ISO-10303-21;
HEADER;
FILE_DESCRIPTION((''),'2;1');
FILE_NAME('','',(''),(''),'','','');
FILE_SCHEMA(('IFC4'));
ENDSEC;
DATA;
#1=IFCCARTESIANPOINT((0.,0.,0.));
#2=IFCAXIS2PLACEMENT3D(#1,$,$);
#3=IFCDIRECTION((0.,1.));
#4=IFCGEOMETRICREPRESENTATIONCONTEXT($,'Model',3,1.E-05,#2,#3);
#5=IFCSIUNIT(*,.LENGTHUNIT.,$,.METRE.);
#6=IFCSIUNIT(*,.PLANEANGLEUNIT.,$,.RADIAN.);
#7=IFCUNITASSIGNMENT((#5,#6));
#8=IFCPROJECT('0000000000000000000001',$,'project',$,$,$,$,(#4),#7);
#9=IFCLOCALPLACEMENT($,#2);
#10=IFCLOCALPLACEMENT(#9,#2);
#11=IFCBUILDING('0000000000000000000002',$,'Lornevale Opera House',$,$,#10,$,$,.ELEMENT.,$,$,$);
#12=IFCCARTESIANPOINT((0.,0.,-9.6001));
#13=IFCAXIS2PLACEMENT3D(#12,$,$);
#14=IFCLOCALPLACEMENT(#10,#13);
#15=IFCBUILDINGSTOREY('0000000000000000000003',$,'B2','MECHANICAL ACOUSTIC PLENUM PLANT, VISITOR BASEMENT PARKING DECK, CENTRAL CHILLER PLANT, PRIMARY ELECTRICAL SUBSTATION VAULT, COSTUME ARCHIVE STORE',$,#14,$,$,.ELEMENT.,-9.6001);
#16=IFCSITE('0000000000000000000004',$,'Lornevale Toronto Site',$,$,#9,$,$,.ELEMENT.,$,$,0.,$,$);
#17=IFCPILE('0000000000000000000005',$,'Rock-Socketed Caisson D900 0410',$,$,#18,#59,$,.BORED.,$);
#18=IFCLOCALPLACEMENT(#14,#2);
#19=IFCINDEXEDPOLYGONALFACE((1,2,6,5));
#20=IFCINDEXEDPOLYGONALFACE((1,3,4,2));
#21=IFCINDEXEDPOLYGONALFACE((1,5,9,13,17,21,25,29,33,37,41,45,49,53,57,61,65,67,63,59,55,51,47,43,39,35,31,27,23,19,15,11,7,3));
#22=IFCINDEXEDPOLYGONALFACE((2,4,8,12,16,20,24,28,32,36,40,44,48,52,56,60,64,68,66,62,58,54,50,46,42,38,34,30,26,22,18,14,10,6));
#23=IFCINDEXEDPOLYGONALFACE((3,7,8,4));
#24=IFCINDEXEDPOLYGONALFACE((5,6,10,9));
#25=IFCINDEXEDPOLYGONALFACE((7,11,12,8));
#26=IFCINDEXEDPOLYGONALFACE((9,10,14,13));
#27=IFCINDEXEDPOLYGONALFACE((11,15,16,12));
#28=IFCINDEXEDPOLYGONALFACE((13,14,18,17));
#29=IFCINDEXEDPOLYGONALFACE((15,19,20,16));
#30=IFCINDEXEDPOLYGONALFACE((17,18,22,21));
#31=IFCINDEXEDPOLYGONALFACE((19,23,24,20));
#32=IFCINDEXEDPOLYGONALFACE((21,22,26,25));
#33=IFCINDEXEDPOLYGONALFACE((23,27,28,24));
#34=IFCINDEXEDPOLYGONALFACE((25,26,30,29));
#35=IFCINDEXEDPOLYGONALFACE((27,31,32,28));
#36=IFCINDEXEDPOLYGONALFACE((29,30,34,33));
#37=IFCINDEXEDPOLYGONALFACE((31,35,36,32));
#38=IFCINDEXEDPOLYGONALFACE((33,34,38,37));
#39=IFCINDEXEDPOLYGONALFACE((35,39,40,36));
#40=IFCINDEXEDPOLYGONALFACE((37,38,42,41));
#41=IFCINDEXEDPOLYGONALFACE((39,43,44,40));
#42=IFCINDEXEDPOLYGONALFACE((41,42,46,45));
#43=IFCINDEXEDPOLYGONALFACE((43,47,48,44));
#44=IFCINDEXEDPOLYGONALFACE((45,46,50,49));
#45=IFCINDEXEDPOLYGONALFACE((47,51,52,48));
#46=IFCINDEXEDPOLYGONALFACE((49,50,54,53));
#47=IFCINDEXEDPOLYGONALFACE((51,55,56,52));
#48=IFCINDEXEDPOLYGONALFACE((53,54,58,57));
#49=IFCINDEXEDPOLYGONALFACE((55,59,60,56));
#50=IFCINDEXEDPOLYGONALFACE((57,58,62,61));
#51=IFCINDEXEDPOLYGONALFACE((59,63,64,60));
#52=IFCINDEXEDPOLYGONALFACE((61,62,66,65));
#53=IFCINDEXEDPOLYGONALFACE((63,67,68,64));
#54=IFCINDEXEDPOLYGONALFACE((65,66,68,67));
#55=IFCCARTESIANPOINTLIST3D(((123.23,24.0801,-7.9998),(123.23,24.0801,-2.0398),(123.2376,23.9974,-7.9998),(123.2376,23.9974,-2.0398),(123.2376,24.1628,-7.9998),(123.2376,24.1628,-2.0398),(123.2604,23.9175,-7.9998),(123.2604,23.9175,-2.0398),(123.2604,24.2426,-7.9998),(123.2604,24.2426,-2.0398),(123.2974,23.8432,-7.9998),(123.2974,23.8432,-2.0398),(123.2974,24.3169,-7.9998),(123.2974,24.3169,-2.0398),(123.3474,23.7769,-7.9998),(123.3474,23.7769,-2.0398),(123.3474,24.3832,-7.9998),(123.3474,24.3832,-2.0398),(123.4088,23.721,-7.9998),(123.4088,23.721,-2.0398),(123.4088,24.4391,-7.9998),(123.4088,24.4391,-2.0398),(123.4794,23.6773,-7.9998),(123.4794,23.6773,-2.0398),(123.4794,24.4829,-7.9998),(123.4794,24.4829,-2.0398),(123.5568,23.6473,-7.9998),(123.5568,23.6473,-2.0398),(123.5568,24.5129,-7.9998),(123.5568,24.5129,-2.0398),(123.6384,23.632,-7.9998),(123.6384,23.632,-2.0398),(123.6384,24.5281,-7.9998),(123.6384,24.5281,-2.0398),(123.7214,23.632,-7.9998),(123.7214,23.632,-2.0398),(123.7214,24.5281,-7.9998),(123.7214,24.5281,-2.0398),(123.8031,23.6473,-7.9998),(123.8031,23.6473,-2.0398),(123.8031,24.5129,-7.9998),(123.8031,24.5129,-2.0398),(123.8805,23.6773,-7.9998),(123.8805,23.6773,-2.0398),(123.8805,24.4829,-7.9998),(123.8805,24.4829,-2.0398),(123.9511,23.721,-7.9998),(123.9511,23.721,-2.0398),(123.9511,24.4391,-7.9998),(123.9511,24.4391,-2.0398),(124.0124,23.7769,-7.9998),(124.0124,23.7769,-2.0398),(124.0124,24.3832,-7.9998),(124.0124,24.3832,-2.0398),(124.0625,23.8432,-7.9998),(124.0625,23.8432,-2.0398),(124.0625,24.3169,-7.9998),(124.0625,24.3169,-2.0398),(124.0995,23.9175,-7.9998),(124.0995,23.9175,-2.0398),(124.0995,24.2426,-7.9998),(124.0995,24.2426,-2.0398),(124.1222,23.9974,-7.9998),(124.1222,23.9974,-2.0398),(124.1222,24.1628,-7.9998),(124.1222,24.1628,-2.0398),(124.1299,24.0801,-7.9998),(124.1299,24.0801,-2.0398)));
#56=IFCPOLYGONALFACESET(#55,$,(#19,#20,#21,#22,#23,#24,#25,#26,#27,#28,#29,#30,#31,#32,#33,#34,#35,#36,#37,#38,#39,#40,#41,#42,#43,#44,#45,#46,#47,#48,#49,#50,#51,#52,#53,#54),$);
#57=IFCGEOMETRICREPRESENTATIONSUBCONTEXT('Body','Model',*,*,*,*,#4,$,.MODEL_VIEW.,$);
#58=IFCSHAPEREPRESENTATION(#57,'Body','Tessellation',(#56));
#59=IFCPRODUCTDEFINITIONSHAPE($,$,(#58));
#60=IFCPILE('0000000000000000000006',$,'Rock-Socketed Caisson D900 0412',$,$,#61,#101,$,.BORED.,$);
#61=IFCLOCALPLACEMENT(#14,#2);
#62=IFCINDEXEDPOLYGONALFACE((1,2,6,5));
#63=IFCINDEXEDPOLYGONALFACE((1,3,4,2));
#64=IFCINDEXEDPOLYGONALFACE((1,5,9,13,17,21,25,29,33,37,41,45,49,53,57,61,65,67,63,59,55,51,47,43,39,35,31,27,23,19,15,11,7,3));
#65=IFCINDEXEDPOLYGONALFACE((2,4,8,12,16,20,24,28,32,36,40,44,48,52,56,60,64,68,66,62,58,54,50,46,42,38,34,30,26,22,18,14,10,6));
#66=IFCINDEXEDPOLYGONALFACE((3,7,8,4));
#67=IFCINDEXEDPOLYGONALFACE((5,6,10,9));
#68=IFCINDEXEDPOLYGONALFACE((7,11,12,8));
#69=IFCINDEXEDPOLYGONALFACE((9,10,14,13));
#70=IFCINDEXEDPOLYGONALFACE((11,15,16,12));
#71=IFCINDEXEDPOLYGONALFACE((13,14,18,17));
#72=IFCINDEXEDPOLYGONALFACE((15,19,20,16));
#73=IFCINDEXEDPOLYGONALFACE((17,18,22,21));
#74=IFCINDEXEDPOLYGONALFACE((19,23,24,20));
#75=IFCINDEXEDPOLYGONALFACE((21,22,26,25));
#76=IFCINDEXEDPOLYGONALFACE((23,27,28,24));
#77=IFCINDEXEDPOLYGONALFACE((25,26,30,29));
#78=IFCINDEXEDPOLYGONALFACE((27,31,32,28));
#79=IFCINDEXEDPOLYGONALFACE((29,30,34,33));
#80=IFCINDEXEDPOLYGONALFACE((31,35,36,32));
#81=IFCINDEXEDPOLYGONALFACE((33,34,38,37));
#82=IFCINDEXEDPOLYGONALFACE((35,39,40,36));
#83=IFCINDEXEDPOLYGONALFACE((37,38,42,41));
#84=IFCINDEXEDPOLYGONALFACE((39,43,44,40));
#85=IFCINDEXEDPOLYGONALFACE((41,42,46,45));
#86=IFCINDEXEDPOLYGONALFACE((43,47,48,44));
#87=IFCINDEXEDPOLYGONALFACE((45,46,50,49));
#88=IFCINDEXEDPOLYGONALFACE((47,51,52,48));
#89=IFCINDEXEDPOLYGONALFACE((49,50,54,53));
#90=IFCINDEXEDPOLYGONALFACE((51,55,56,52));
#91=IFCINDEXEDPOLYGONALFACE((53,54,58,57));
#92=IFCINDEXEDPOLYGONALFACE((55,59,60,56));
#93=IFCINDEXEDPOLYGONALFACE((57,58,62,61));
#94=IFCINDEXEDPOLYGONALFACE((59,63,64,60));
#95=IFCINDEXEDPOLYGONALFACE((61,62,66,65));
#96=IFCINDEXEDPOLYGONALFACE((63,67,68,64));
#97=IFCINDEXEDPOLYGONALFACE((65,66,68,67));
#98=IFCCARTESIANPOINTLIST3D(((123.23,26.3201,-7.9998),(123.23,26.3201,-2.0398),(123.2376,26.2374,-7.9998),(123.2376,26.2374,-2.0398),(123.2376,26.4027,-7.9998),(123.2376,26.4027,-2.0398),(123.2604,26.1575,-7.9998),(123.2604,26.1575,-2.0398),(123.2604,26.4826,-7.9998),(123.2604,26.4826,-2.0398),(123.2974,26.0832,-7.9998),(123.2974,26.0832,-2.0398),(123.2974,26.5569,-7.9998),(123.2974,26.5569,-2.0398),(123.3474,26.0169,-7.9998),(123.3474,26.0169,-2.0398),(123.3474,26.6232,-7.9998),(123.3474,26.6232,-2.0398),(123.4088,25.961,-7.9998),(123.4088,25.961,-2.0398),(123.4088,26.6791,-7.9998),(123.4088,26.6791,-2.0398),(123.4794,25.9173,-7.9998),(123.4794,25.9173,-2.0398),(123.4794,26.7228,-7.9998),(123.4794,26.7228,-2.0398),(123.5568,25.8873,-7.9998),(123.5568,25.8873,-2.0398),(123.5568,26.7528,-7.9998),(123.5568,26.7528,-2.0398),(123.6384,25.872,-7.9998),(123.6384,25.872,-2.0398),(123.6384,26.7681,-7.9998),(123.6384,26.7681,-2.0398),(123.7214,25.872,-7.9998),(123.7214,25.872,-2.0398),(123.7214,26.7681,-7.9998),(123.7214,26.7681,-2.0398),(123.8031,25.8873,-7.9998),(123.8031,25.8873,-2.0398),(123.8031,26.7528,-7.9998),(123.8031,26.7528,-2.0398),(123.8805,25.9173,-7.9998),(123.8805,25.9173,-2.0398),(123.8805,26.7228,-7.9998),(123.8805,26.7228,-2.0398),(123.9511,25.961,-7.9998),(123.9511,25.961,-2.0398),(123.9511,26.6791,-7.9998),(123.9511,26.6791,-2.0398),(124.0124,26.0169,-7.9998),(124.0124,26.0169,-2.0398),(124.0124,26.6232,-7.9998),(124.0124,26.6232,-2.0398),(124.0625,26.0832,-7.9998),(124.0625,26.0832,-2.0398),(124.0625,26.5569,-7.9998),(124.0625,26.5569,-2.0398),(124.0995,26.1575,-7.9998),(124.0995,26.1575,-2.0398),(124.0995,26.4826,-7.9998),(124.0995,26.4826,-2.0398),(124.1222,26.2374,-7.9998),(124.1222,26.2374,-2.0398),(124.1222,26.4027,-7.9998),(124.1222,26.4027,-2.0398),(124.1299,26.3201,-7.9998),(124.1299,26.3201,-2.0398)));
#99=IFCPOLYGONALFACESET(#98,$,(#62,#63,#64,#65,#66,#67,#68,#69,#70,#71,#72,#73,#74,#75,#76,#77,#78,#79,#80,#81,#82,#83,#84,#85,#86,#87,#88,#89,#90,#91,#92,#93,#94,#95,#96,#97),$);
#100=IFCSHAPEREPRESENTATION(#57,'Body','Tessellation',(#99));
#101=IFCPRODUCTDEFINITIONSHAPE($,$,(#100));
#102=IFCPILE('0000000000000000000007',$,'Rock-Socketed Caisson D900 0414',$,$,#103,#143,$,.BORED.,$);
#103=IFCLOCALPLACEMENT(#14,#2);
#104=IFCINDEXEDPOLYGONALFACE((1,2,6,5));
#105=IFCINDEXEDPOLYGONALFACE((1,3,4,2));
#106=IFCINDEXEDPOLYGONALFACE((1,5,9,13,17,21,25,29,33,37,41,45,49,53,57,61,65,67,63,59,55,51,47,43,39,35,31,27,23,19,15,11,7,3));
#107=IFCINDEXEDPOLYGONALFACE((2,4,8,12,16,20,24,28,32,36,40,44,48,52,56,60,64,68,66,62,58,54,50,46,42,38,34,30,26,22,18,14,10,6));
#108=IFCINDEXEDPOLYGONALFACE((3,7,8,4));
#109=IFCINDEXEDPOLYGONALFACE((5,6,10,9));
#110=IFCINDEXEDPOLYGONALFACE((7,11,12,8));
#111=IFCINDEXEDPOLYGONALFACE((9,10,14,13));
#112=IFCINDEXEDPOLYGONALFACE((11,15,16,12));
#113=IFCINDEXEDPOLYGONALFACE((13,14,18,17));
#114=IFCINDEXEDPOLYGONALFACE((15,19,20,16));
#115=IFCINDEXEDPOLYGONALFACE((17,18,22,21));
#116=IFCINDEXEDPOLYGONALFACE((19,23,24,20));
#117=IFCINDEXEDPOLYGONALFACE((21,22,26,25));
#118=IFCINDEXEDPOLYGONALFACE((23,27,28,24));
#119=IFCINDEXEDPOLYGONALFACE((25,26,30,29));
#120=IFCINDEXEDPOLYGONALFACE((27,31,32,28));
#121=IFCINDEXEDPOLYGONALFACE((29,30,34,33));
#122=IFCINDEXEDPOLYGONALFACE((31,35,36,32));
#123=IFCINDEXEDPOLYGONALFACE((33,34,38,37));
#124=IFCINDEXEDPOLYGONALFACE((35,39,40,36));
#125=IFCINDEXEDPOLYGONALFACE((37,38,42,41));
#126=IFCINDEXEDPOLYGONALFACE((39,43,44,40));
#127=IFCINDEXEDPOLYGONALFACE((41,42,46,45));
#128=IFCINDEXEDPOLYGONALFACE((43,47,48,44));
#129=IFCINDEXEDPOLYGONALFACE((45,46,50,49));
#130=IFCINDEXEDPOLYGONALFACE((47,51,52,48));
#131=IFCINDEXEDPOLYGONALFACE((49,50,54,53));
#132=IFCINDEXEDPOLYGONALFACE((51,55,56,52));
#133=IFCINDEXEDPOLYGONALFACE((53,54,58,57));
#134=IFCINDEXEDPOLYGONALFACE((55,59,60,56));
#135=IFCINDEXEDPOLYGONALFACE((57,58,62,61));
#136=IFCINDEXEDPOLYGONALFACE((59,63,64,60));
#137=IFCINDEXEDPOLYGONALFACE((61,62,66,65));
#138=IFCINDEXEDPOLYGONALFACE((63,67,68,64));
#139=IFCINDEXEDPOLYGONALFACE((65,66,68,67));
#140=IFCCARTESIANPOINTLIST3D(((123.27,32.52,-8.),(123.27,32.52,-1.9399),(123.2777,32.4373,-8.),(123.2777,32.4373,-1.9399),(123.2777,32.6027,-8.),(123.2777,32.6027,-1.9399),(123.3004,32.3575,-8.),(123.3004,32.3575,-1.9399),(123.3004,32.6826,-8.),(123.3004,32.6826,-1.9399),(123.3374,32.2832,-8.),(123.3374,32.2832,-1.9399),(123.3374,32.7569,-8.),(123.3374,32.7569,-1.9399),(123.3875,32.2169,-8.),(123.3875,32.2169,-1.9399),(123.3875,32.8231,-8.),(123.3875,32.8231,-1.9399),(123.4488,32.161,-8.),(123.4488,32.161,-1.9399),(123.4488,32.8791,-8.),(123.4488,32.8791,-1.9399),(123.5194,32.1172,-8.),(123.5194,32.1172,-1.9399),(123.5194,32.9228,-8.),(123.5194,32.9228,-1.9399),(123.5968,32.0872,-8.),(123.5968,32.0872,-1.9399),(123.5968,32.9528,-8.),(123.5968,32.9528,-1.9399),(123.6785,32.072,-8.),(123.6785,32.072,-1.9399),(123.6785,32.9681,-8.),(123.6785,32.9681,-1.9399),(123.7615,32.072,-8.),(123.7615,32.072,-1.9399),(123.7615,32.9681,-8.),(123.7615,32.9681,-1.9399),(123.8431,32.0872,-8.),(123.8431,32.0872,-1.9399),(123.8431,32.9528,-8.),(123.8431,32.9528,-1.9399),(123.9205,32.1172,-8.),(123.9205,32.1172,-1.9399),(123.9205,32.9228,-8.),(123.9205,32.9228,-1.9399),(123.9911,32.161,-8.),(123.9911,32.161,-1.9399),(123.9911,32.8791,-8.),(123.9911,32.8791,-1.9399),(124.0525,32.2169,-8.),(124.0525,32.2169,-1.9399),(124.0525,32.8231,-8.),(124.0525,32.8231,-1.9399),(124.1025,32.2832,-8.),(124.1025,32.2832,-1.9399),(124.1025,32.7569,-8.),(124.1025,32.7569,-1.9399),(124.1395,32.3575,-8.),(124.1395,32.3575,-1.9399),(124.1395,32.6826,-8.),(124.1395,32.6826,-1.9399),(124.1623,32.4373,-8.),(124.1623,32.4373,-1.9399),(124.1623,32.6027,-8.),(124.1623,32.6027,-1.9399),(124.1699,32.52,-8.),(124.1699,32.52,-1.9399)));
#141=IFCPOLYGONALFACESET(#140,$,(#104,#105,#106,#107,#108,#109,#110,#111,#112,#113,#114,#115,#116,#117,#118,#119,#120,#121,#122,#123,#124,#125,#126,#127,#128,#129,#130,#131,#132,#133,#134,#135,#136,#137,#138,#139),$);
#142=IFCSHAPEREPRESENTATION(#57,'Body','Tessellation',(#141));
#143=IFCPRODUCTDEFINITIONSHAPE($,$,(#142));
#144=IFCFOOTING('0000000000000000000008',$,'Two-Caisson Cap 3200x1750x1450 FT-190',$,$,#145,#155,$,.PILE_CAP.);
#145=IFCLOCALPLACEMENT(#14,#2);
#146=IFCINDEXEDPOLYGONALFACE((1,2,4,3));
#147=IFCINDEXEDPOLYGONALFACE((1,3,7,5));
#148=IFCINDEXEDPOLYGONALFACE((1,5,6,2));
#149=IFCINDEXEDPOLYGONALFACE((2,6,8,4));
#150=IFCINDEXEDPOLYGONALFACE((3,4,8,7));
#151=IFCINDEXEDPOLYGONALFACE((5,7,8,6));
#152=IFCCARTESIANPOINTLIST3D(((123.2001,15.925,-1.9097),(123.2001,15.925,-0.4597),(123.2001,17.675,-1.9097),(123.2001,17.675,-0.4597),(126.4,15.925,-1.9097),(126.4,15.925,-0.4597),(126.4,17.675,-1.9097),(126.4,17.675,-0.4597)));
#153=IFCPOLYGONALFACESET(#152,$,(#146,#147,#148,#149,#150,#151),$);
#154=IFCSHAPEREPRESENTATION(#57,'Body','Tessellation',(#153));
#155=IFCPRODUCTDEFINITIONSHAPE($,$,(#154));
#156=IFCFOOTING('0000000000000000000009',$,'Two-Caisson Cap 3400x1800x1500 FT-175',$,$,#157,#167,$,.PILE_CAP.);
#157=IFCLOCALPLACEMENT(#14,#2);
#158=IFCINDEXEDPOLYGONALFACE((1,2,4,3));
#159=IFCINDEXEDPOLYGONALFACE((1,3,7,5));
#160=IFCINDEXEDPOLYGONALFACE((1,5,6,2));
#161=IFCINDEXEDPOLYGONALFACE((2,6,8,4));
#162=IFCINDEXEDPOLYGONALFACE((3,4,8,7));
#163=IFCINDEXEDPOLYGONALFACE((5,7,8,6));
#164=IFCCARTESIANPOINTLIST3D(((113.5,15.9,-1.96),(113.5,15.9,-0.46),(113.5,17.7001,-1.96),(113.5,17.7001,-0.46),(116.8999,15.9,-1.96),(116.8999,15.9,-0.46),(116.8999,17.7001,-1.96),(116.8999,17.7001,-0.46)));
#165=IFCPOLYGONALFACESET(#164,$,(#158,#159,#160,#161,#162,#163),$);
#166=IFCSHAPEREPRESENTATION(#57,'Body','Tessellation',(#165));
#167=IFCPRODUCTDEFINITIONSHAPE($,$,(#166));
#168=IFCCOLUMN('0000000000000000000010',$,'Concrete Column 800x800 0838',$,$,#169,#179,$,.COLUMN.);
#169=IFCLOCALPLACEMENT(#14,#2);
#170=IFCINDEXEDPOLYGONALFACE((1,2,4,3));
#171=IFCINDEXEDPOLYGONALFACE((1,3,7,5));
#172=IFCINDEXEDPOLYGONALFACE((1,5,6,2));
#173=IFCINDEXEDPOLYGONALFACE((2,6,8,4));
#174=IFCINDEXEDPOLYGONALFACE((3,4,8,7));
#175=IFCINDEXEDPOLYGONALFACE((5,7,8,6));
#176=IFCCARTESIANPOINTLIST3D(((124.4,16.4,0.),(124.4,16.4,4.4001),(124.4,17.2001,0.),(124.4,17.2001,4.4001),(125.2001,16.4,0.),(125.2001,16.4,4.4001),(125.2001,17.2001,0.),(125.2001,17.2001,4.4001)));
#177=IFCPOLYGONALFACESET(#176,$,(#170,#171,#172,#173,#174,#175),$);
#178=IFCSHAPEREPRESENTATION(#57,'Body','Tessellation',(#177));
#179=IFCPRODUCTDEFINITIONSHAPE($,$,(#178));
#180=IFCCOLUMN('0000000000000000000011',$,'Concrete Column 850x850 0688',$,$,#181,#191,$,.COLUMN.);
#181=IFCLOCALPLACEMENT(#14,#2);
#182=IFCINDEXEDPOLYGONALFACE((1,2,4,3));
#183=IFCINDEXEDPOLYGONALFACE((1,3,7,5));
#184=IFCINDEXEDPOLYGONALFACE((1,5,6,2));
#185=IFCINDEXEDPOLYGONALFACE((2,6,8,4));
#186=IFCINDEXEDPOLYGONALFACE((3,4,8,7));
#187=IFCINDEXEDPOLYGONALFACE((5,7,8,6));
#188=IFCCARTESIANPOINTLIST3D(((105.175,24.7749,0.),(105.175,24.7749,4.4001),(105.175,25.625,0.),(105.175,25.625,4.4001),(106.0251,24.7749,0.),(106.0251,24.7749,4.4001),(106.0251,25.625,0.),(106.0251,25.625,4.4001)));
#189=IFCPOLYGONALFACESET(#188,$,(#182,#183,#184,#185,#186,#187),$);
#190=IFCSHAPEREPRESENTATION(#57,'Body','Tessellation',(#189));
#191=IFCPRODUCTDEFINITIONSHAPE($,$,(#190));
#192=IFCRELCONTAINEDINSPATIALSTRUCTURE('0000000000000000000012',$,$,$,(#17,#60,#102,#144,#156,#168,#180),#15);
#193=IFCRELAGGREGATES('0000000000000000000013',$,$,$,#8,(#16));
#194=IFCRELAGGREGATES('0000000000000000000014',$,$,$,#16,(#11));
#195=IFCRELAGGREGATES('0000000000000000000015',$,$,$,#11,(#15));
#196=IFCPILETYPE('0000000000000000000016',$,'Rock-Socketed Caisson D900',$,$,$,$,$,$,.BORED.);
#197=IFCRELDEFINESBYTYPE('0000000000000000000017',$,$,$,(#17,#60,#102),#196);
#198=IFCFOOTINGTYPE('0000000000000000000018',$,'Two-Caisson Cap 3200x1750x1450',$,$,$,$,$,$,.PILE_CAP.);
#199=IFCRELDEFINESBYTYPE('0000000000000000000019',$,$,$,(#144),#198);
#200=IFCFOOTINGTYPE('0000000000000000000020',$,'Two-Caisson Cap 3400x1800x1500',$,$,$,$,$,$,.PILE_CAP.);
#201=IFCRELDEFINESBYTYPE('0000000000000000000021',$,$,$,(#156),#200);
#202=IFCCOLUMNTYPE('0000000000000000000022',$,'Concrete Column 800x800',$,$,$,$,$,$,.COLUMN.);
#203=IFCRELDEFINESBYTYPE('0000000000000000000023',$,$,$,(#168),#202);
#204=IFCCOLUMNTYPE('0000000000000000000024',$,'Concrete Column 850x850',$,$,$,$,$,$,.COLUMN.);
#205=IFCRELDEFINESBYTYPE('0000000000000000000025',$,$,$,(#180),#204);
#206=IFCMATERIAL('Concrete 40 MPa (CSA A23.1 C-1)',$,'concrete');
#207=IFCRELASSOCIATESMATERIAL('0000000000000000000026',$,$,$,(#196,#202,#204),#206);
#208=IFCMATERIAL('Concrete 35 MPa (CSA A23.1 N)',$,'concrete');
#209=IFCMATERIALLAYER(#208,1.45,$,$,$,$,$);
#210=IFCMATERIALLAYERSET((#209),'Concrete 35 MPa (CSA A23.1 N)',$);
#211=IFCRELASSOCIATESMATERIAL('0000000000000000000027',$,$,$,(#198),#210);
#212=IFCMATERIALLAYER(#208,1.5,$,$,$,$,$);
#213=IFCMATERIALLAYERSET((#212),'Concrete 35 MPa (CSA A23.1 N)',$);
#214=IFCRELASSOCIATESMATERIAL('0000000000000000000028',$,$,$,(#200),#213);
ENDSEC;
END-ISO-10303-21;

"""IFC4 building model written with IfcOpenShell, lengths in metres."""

from ifc_helpers import new_model, si_unit, direction, frame, origin, origin_2d, place, context, subcontext, project, spatial, rectangle, circle, extrude, material, layer, layer_set, material_profile, profile_set, type_object, element, save


model = new_model("IFC4")

# Units and contexts
model_context = context("Model", 3, precision=1e-05, world=origin(), true_north=direction((0.0, 1.0)))
body_context = subcontext(model_context, "Body", "Model", "MODEL_VIEW")
ifc_project = project(units=[si_unit("LENGTHUNIT", "METRE"), si_unit("PLANEANGLEUNIT", "RADIAN")], contexts=[model_context])

# Site, building, storey
site_placement = place(None, origin())
site = spatial("IfcSite", under=ifc_project, at=site_placement, Name="Lornevale Toronto Site", CompositionType="ELEMENT", RefElevation=0.0)
building_placement = place(site_placement, origin())
building = spatial("IfcBuilding", under=site, at=building_placement, Name="Lornevale Opera House", CompositionType="ELEMENT")
storey_placement = place(building_placement, frame((0.0, 0.0, -9.6001)))
storey = spatial("IfcBuildingStorey", under=building, at=storey_placement, Name="B2", Description="MECHANICAL ACOUSTIC PLENUM PLANT, VISITOR BASEMENT PARKING DECK, CENTRAL CHILLER PLANT, PRIMARY ELECTRICAL SUBSTATION VAULT, COSTUME ARCHIVE STORE", CompositionType="ELEMENT", Elevation=-9.6001)

# Shared definitions
ifc_material_1 = material(Name="Concrete 35 MPa (CSA A23.1 N)", Category="concrete")

# Piles
ifc_material_2 = material(Name="Concrete 40 MPa (CSA A23.1 C-1)", Category="concrete")
ifc_material_profile_1 = material_profile(ifc_material_2, circle(Radius=0.45, at=origin_2d()), Name="CAIS900")
ifc_profile_set_1 = profile_set([ifc_material_profile_1], Name="Concrete 40 MPa (CSA A23.1 C-1)")
pile_type_1 = type_object("IfcPileType", Name="Rock-Socketed Caisson D900", PredefinedType="BORED", material=ifc_profile_set_1)
for number, where, z_axis, x_axis, name in (
    (1, (123.6799, 24.0801, -2.0398), (0.0, 0.0, -1.0), (1.0, 0.0, 0.0), "Rock-Socketed Caisson D900 0410"),
    (2, (123.6799, 26.3201, -2.0398), (0.0, 0.0, -1.0), (1.0, 0.0, 0.0), "Rock-Socketed Caisson D900 0412"),
):
    element("IfcPile", number, at=place(storey_placement, frame(where, z_axis=z_axis, x_axis=x_axis)), inside=storey, type_object=pile_type_1, Name=name, PredefinedType="BORED", context=body_context, shape_type="SweptSolid", body=[
        extrude(circle(Radius=0.45, at=origin_2d()), origin(), (0.0, 0.0, 1.0), 5.96),
    ])
pile_1_placement = place(storey_placement, frame((123.72, 32.52, -1.9399), z_axis=(0.0, 0.0, -1.0), x_axis=(1.0, 0.0, 0.0)))
element("IfcPile", 3, at=pile_1_placement, inside=storey, type_object=pile_type_1, Name="Rock-Socketed Caisson D900 0414", PredefinedType="BORED", context=body_context, shape_type="SweptSolid", body=[
    extrude(circle(Radius=0.45, at=origin_2d()), origin(), (0.0, 0.0, 1.0), 6.0601),
])

# Footings
ifc_layer_1 = layer(ifc_material_1, 1.45)
ifc_layer_set_1 = layer_set([ifc_layer_1], Name="Concrete 35 MPa (CSA A23.1 N)")
footing_type_1 = type_object("IfcFootingType", Name="Two-Caisson Cap 3200x1750x1450", PredefinedType="PILE_CAP", material=ifc_layer_set_1)
footing_1_placement = place(storey_placement, frame((124.8, 16.8, -1.9097), z_axis=(0.0, 0.0, 1.0), x_axis=(1.0, 0.0, 0.0)))
element("IfcFooting", 4, at=footing_1_placement, inside=storey, type_object=footing_type_1, Name="Two-Caisson Cap 3200x1750x1450 FT-190", PredefinedType="PILE_CAP", context=body_context, shape_type="SweptSolid", body=[
    extrude(rectangle(XDim=3.2, YDim=1.75, at=origin_2d()), origin(), (0.0, 0.0, 1.0), 1.45),
])
ifc_layer_2 = layer(ifc_material_1, 1.5)
ifc_layer_set_2 = layer_set([ifc_layer_2], Name="Concrete 35 MPa (CSA A23.1 N)")
footing_type_2 = type_object("IfcFootingType", Name="Two-Caisson Cap 3400x1800x1500", PredefinedType="PILE_CAP", material=ifc_layer_set_2)
footing_2_placement = place(storey_placement, frame((115.2, 16.8, -1.96), z_axis=(0.0, 0.0, 1.0), x_axis=(1.0, 0.0, 0.0)))
element("IfcFooting", 5, at=footing_2_placement, inside=storey, type_object=footing_type_2, Name="Two-Caisson Cap 3400x1800x1500 FT-175", PredefinedType="PILE_CAP", context=body_context, shape_type="SweptSolid", body=[
    extrude(rectangle(XDim=3.3999, YDim=1.8, at=origin_2d()), origin(), (0.0, 0.0, 1.0), 1.5),
])

# Columns
ifc_material_profile_2 = material_profile(ifc_material_2, rectangle(XDim=0.8, YDim=0.8, at=origin_2d()), Name="RC800x800")
ifc_profile_set_2 = profile_set([ifc_material_profile_2], Name="Concrete 40 MPa (CSA A23.1 C-1)")
column_type_1 = type_object("IfcColumnType", Name="Concrete Column 800x800", PredefinedType="COLUMN", material=ifc_profile_set_2)
column_placement = place(storey_placement, frame((124.8, 16.8, 0.0), z_axis=(0.0, 0.0, 1.0), x_axis=(1.0, 0.0, 0.0)))
element("IfcColumn", 6, at=column_placement, inside=storey, type_object=column_type_1, Name="Concrete Column 800x800 0838", PredefinedType="COLUMN", context=body_context, shape_type="SweptSolid", body=[
    extrude(rectangle(XDim=0.8, YDim=0.8, at=origin_2d()), origin(), (0.0, 0.0, 1.0), 4.4001),
])
ifc_material_profile_3 = material_profile(ifc_material_2, rectangle(XDim=0.8501, YDim=0.8501, at=origin_2d()), Name="RC850x850")
ifc_profile_set_3 = profile_set([ifc_material_profile_3], Name="Concrete 40 MPa (CSA A23.1 C-1)")
column_type_2 = type_object("IfcColumnType", Name="Concrete Column 850x850", PredefinedType="COLUMN", material=ifc_profile_set_3)
for number, where, z_axis, x_axis, name in (
    (7, (105.6001, 25.2, 0.0), (0.0, 0.0, 1.0), (1.0, 0.0, 0.0), "Concrete Column 850x850 0688"),
):
    element("IfcColumn", number, at=place(storey_placement, frame(where, z_axis=z_axis, x_axis=x_axis)), inside=storey, type_object=column_type_2, Name=name, PredefinedType="COLUMN", context=body_context, shape_type="SweptSolid", body=[
        extrude(rectangle(XDim=0.8501, YDim=0.8501, at=origin_2d()), origin(), (0.0, 0.0, 1.0), 4.4001),
    ])

save(model, "model.ifc")
